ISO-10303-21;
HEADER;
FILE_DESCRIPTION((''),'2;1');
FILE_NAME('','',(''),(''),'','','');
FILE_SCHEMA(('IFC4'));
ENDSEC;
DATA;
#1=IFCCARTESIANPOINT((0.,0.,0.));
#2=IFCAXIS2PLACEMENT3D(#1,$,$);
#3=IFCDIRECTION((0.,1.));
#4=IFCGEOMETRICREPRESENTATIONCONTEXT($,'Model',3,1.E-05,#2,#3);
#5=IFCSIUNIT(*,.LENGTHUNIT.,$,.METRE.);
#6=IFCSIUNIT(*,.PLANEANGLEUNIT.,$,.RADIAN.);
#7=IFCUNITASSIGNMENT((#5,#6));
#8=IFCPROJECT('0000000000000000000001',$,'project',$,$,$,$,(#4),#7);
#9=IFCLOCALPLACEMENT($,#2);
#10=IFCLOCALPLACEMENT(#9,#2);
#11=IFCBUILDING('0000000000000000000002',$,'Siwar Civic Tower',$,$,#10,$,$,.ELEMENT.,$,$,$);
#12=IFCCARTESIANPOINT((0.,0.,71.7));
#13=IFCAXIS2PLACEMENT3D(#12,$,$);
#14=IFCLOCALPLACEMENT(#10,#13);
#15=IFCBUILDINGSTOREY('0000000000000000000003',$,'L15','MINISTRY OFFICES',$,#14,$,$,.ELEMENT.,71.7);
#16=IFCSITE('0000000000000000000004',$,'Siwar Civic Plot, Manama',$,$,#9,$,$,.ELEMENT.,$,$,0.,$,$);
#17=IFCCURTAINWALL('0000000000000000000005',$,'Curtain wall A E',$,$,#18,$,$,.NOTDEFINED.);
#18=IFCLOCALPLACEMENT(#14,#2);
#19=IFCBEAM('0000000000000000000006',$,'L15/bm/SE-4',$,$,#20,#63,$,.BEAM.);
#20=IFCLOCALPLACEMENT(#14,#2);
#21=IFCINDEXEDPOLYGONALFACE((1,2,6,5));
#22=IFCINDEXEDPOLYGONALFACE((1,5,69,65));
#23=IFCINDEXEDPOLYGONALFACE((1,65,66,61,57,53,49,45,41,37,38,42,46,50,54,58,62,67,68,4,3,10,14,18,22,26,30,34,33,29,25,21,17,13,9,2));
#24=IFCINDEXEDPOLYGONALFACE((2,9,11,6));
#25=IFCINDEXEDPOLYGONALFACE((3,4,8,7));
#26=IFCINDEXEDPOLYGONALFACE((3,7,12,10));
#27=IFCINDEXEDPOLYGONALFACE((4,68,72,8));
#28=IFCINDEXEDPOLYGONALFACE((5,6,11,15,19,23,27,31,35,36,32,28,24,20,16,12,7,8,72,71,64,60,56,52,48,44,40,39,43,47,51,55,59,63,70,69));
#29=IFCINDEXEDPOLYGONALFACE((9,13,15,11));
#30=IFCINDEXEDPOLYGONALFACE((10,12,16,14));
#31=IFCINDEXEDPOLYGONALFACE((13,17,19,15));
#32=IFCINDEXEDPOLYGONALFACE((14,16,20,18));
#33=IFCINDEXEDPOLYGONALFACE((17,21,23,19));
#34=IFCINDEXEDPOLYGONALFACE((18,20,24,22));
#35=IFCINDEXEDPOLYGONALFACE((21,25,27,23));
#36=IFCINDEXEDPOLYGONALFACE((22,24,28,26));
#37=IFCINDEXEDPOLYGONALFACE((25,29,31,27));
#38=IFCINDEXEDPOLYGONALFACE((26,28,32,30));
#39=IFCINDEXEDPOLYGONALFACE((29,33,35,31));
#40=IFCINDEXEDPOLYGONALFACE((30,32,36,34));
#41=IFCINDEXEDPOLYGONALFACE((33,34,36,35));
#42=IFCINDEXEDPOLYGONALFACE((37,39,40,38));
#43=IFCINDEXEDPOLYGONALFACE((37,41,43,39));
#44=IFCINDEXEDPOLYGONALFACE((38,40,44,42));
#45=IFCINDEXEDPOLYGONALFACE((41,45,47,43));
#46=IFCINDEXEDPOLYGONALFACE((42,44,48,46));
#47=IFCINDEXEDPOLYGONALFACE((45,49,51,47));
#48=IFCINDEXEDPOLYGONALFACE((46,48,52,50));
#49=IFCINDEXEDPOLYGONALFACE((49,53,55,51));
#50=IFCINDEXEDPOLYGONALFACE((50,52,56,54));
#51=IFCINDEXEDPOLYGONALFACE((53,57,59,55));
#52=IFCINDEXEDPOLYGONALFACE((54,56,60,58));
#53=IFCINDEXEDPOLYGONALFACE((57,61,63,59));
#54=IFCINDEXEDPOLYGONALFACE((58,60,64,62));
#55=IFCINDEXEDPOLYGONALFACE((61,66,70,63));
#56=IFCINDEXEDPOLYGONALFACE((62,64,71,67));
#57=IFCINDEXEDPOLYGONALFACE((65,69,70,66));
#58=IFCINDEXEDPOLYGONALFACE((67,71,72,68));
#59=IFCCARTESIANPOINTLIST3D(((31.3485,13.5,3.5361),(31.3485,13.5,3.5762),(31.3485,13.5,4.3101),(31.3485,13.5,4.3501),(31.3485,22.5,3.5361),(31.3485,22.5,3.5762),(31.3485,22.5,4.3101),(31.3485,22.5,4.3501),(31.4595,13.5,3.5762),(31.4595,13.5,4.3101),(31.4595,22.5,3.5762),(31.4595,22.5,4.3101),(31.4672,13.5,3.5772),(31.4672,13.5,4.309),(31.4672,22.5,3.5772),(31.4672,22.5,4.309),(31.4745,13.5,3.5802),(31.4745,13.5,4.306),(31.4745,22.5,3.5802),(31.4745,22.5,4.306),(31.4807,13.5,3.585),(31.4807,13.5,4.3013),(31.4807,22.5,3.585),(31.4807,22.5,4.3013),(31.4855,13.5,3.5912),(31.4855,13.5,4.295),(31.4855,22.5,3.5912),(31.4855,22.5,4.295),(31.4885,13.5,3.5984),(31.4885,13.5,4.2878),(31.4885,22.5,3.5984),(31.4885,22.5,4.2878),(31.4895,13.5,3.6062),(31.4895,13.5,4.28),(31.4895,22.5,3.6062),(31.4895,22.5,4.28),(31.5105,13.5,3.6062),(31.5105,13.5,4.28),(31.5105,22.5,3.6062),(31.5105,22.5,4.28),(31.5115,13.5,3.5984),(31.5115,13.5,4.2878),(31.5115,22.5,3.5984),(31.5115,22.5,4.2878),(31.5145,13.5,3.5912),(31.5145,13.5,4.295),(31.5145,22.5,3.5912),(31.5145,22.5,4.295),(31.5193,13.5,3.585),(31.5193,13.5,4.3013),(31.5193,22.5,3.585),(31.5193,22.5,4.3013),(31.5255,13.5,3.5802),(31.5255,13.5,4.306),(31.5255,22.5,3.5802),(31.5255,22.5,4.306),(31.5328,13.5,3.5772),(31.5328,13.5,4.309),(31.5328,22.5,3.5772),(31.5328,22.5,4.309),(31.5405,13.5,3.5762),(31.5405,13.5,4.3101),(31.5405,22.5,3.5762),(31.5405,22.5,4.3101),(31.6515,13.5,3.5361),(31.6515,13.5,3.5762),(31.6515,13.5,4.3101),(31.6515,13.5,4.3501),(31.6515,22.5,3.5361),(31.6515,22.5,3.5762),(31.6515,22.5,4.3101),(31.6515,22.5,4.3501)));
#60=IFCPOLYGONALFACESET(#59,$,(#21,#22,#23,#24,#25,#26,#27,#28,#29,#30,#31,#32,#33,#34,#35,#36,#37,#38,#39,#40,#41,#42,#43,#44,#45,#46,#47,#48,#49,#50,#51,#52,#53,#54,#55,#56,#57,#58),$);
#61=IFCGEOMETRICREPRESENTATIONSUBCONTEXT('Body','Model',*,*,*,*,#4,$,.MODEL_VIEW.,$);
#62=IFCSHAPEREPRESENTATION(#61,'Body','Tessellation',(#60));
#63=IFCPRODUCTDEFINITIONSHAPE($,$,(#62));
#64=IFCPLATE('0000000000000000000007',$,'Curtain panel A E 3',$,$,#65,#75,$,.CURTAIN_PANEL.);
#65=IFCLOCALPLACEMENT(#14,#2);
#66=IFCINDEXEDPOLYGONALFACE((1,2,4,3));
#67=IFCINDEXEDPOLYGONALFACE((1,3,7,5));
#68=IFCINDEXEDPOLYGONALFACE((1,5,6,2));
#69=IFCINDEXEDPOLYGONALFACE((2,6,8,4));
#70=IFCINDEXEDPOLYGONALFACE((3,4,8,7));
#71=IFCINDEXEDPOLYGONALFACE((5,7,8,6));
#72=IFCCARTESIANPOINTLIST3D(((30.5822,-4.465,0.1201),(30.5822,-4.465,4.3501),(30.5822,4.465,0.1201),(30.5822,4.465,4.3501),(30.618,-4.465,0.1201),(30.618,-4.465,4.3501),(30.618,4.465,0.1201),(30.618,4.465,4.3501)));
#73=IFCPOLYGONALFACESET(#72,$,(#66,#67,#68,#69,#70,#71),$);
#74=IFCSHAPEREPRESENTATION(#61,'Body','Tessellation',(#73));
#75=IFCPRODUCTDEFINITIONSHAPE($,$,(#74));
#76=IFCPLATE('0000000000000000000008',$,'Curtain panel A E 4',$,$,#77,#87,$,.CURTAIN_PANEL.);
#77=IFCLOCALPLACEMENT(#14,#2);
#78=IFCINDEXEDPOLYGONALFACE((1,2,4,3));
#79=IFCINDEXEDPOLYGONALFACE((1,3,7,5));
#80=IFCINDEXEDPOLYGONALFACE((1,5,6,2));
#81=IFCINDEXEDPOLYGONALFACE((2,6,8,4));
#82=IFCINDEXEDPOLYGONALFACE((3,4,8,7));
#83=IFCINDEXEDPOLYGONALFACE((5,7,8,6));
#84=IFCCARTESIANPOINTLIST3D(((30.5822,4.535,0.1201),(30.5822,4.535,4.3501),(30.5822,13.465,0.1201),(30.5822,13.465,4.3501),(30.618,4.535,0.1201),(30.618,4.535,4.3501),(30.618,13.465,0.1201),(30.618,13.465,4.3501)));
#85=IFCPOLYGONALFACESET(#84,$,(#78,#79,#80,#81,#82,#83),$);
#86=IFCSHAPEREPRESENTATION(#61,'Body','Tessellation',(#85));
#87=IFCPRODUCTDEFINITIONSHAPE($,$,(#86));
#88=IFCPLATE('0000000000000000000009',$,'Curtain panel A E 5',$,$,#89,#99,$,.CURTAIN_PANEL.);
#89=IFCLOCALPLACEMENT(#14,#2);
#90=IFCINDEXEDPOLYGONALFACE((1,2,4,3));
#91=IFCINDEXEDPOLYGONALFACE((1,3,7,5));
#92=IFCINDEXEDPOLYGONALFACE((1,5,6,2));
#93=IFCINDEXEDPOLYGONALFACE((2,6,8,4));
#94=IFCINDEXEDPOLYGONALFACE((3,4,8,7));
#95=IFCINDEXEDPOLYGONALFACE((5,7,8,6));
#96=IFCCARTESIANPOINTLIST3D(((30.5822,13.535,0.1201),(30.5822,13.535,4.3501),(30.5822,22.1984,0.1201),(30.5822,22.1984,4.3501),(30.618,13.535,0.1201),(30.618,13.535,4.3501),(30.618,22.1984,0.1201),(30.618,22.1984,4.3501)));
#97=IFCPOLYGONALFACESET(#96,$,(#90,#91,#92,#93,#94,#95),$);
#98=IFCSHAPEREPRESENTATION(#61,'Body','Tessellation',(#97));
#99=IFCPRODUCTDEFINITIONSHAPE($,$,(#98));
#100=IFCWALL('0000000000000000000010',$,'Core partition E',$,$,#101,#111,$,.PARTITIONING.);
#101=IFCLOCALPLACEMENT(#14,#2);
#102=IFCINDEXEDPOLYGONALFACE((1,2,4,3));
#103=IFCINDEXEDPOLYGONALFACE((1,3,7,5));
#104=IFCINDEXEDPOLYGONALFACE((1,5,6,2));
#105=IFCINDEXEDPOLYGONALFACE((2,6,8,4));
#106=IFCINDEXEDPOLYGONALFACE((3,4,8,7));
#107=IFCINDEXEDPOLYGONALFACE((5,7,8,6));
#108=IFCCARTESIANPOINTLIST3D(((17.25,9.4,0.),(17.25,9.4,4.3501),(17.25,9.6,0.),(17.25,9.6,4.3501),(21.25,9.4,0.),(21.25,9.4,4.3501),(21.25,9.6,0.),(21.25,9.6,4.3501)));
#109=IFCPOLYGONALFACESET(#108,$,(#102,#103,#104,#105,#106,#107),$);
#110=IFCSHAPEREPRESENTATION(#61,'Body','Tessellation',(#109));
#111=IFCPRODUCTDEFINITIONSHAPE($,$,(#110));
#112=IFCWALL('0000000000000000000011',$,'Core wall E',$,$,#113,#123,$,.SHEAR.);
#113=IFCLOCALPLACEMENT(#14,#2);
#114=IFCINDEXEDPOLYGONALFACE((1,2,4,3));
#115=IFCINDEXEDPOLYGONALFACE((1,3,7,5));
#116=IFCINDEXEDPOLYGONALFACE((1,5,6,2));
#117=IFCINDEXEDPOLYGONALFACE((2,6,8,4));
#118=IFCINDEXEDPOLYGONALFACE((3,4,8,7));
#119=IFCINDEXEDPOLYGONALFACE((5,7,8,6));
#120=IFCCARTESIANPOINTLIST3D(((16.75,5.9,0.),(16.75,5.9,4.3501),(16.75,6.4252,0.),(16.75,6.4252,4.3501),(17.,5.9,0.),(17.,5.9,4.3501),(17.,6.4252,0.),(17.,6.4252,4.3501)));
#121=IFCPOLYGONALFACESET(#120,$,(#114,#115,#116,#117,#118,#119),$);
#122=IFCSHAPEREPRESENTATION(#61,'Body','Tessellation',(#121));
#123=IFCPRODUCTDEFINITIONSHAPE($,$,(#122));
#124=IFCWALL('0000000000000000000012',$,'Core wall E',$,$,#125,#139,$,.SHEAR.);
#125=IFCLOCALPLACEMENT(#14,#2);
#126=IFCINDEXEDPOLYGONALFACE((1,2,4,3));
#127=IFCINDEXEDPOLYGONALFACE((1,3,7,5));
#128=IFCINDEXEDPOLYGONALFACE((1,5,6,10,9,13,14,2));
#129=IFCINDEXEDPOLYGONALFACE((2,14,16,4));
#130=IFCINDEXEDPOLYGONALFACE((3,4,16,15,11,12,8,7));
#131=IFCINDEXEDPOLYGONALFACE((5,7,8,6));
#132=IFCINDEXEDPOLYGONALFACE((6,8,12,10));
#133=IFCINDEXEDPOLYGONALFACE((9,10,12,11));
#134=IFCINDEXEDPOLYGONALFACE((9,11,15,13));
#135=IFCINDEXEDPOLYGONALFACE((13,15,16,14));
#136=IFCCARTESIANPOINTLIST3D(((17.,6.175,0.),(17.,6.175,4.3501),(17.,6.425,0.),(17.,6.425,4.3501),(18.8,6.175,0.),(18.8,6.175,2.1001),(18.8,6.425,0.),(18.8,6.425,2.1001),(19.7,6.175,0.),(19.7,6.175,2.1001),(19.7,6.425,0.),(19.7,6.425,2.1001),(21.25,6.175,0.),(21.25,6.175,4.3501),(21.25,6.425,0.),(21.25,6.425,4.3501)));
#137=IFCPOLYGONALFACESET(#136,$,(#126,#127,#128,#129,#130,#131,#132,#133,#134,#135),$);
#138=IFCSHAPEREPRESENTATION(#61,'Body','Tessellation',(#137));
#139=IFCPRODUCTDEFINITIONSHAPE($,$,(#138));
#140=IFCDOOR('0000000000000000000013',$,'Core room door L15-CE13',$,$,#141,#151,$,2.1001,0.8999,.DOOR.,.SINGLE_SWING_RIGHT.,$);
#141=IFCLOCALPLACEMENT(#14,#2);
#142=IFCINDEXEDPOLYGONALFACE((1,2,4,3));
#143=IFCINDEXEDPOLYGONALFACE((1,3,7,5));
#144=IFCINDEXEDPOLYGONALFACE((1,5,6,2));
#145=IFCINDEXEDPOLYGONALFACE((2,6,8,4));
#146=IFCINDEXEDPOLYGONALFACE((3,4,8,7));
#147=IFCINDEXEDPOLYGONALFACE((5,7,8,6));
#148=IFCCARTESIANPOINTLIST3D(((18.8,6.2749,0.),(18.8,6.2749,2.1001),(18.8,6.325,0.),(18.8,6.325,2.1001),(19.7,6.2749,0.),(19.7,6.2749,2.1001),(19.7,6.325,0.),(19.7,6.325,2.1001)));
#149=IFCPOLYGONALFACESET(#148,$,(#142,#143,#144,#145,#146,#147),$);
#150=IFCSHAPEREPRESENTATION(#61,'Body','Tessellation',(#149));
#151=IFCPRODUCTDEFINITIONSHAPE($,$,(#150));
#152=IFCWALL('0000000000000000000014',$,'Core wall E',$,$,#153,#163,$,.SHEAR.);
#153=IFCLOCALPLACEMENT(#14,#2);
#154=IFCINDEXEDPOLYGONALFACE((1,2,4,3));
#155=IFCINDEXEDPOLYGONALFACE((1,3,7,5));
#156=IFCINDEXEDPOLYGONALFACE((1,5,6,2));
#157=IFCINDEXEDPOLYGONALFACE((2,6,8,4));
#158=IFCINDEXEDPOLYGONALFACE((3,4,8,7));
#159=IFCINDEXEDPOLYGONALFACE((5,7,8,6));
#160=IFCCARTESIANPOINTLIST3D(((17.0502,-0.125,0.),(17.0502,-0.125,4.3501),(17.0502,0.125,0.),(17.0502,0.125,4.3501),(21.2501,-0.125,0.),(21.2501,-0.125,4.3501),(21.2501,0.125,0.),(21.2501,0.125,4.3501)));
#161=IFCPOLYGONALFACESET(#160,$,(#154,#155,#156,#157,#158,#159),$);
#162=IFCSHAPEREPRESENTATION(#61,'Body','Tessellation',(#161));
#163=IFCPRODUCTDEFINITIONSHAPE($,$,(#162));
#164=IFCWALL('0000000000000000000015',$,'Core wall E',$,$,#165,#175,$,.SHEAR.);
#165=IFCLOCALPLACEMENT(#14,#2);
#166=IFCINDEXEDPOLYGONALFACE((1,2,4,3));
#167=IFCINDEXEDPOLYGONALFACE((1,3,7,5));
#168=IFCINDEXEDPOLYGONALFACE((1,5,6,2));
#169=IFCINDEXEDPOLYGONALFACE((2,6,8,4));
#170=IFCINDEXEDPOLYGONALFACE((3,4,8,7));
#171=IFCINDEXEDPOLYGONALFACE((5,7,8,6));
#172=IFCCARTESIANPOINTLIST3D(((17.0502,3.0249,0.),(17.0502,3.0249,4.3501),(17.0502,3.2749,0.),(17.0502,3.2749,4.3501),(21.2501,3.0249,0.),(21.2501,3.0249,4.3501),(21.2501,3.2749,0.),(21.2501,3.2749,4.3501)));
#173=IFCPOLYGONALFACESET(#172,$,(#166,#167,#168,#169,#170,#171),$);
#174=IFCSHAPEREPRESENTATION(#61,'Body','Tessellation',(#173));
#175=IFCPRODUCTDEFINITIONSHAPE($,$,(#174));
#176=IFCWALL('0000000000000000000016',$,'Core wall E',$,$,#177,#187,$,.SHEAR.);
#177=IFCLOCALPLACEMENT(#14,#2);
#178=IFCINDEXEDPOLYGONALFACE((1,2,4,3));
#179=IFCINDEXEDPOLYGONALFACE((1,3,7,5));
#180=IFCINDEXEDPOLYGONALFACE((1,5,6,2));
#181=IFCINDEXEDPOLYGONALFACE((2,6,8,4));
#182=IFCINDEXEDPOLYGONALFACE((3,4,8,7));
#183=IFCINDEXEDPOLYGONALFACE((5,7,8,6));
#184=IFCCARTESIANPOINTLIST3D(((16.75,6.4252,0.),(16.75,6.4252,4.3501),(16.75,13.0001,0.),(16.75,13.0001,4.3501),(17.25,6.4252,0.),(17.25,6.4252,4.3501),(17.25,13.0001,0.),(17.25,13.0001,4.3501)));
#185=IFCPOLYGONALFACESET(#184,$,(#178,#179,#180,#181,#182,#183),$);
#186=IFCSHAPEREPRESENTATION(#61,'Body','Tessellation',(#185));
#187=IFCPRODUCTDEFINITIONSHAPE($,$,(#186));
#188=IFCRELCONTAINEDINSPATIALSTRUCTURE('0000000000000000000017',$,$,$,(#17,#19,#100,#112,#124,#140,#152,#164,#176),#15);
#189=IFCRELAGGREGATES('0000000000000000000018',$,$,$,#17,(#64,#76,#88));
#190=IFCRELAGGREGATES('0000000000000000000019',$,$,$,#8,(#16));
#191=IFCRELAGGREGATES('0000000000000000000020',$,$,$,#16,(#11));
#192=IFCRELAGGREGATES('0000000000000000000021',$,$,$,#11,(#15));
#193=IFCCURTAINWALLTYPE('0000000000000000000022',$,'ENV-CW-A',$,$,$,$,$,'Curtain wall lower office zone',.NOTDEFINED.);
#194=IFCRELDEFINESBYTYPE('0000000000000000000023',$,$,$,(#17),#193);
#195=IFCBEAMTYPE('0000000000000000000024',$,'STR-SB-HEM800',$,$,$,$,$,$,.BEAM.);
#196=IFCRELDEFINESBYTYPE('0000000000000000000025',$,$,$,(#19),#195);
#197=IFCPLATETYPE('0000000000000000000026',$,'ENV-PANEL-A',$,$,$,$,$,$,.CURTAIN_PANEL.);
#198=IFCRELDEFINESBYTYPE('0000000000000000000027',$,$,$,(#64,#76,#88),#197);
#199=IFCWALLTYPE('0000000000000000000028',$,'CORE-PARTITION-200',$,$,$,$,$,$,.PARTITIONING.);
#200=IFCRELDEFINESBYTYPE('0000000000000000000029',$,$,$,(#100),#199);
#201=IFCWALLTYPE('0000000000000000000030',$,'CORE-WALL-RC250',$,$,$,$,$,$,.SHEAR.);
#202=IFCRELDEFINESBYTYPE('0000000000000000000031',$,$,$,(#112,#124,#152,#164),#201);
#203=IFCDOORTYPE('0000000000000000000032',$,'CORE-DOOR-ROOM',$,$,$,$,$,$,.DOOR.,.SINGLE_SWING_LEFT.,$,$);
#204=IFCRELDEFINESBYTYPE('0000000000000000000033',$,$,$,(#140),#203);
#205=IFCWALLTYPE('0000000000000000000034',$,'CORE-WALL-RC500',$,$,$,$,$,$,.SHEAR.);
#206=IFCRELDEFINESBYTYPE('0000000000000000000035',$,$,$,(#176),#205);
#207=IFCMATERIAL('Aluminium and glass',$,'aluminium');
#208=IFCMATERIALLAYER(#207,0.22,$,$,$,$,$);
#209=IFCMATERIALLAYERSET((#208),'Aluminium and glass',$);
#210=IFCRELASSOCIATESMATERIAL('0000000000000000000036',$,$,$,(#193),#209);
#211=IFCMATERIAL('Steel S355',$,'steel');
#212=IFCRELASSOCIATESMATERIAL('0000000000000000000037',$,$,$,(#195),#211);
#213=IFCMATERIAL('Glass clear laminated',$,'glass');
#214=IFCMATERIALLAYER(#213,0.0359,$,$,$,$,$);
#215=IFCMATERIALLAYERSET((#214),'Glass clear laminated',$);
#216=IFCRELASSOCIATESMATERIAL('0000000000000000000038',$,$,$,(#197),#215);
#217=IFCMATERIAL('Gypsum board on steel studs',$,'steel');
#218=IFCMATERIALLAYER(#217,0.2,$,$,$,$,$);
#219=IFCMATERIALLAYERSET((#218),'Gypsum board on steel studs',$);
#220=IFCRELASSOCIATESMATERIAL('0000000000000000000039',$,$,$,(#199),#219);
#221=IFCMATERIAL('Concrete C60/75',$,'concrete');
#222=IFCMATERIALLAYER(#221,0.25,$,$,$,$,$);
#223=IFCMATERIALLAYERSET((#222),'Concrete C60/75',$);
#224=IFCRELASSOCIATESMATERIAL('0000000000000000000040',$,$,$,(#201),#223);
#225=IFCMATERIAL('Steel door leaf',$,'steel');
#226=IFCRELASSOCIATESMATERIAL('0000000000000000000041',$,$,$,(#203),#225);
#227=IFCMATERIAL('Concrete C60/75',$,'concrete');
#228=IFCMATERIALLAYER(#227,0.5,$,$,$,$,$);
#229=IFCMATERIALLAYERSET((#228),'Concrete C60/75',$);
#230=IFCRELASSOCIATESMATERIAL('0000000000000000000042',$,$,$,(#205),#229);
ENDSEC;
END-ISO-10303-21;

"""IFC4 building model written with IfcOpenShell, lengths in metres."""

from ifc_helpers import new_model, si_unit, direction, frame, frame_2d, origin, origin_2d, place, context, subcontext, project, spatial, rectangle, i_section, extrude, material, layer, layer_set, material_profile, profile_set, type_object, element, fill, aggregate, save


model = new_model("IFC4")

# Units and contexts
model_context = context("Model", 3, precision=1e-05, world=origin(), true_north=direction((0.0, 1.0)))
body_context = subcontext(model_context, "Body", "Model", "MODEL_VIEW")
ifc_project = project(units=[si_unit("LENGTHUNIT", "METRE"), si_unit("PLANEANGLEUNIT", "RADIAN")], contexts=[model_context])

# Site, building, storey
site_placement = place(None, origin())
site = spatial("IfcSite", under=ifc_project, at=site_placement, Name="Siwar Civic Plot, Manama", CompositionType="ELEMENT", RefElevation=0.0)
building_placement = place(site_placement, origin())
building = spatial("IfcBuilding", under=site, at=building_placement, Name="Siwar Civic Tower", CompositionType="ELEMENT")
storey_placement = place(building_placement, frame((0.0, 0.0, 71.7)))
storey = spatial("IfcBuildingStorey", under=building, at=storey_placement, Name="L15", Description="MINISTRY OFFICES", CompositionType="ELEMENT", Elevation=71.7)

# Curtain wall
ifc_material_1 = material(Name="Aluminium and glass", Category="aluminium")
ifc_layer_1 = layer(ifc_material_1, 0.22)
ifc_layer_set_1 = layer_set([ifc_layer_1], Name="Aluminium and glass")
curtain_wall_type = type_object("IfcCurtainWallType", Name="ENV-CW-A", ElementType="Curtain wall lower office zone", PredefinedType="NOTDEFINED", material=ifc_layer_set_1)
curtain_wall_placement = place(storey_placement, origin())
curtain_wall = element("IfcCurtainWall", 1, at=curtain_wall_placement, inside=storey, type_object=curtain_wall_type, Name="Curtain wall A E", PredefinedType="NOTDEFINED")

# Beam
ifc_material_2 = material(Name="Steel S355", Category="steel")
ifc_material_profile_1 = material_profile(ifc_material_2, i_section(OverallWidth=0.303, OverallDepth=0.814, WebThickness=0.021, FlangeThickness=0.04, FilletRadius=0.03, at=origin_2d()), Name="HEM800")
ifc_profile_set_1 = profile_set([ifc_material_profile_1], Name="Steel S355")
beam_type_1 = type_object("IfcBeamType", Name="STR-SB-HEM800", PredefinedType="BEAM", material=ifc_profile_set_1)
for number, where, z_axis, x_axis, name in (
    (2, (31.5, 13.5, 3.9431), (0.0, 1.0, 0.0), (-1.0, 0.0, 0.0), "L15/bm/SE-4"),
):
    element("IfcBeam", number, at=place(storey_placement, frame(where, z_axis=z_axis, x_axis=x_axis)), inside=storey, type_object=beam_type_1, Name=name, PredefinedType="BEAM", context=body_context, shape_type="SweptSolid", body=[
        extrude(i_section(OverallWidth=0.303, OverallDepth=0.814, WebThickness=0.021, FlangeThickness=0.04, FilletRadius=0.03, at=origin_2d()), origin(), (0.0, 0.0, 1.0), 9.0),
    ])

# Plates
ifc_material_3 = material(Name="Glass clear laminated", Category="glass")
ifc_layer_2 = layer(ifc_material_3, 0.0359)
ifc_layer_set_2 = layer_set([ifc_layer_2], Name="Glass clear laminated")
plate_type = type_object("IfcPlateType", Name="ENV-PANEL-A", PredefinedType="CURTAIN_PANEL", material=ifc_layer_set_2)
plate_1_placement = place(storey_placement, frame((30.6001, 0.0, 0.1201), z_axis=(0.0, 0.0, 1.0), x_axis=(0.0, 1.0, 0.0)))
plate_1 = element("IfcPlate", 3, at=plate_1_placement, type_object=plate_type, Name="Curtain panel A E 3", PredefinedType="CURTAIN_PANEL", context=body_context, shape_type="SweptSolid", body=[
    extrude(rectangle(XDim=8.9299, YDim=0.0359, at=origin_2d()), origin(), (0.0, 0.0, 1.0), 4.23),
])
plate_2_placement = place(storey_placement, frame((30.6001, 9.0, 0.1201), z_axis=(0.0, 0.0, 1.0), x_axis=(0.0, 1.0, 0.0)))
plate_2 = element("IfcPlate", 4, at=plate_2_placement, type_object=plate_type, Name="Curtain panel A E 4", PredefinedType="CURTAIN_PANEL", context=body_context, shape_type="SweptSolid", body=[
    extrude(rectangle(XDim=8.9299, YDim=0.0359, at=origin_2d()), origin(), (0.0, 0.0, 1.0), 4.23),
])
plate_3_placement = place(storey_placement, frame((30.6001, 17.8667, 0.1201), z_axis=(0.0, 0.0, 1.0), x_axis=(0.0, 1.0, 0.0)))
plate_3 = element("IfcPlate", 5, at=plate_3_placement, type_object=plate_type, Name="Curtain panel A E 5", PredefinedType="CURTAIN_PANEL", context=body_context, shape_type="SweptSolid", body=[
    extrude(rectangle(XDim=8.6633, YDim=0.0359, at=origin_2d()), origin(), (0.0, 0.0, 1.0), 4.23),
])
aggregate(curtain_wall, [plate_1, plate_2, plate_3])

# Walls
ifc_material_4 = material(Name="Gypsum board on steel studs", Category="steel")
ifc_layer_3 = layer(ifc_material_4, 0.2)
ifc_layer_set_3 = layer_set([ifc_layer_3], Name="Gypsum board on steel studs")
wall_type_1 = type_object("IfcWallType", Name="CORE-PARTITION-200", PredefinedType="PARTITIONING", material=ifc_layer_set_3)
wall_1_placement = place(storey_placement, frame((17.25, 9.5, 0.0), z_axis=(0.0, 0.0, 1.0), x_axis=(1.0, 0.0, 0.0)))
element("IfcWall", 6, at=wall_1_placement, inside=storey, type_object=wall_type_1, Name="Core partition E", PredefinedType="PARTITIONING", context=body_context, shape_type="SweptSolid", body=[
    extrude(rectangle(XDim=4.0, YDim=0.2, at=frame_2d((2.0, 0.0))), origin(), (0.0, 0.0, 1.0), 4.3501),
])
ifc_material_5 = material(Name="Concrete C60/75", Category="concrete")
ifc_layer_4 = layer(ifc_material_5, 0.25)
ifc_layer_set_4 = layer_set([ifc_layer_4], Name="Concrete C60/75")
wall_type_2 = type_object("IfcWallType", Name="CORE-WALL-RC250", PredefinedType="SHEAR", material=ifc_layer_set_4)
wall_2_placement = place(storey_placement, frame((16.875, 5.8999, 0.0), z_axis=(0.0, 0.0, 1.0), x_axis=(0.0, 1.0, 0.0)))
element("IfcWall", 7, at=wall_2_placement, inside=storey, type_object=wall_type_2, Name="Core wall E", PredefinedType="SHEAR", context=body_context, shape_type="SweptSolid", body=[
    extrude(rectangle(XDim=0.5251, YDim=0.25, at=frame_2d((0.2627, 0.0))), origin(), (0.0, 0.0, 1.0), 4.3501),
])

# Wall, opening, door
wall_3_placement = place(storey_placement, frame((17.0, 6.3, 0.0), z_axis=(0.0, 0.0, 1.0), x_axis=(1.0, 0.0, 0.0)))
wall_3 = element("IfcWall", 8, at=wall_3_placement, inside=storey, type_object=wall_type_2, Name="Core wall E", PredefinedType="SHEAR", context=body_context, shape_type="SweptSolid", body=[
    extrude(rectangle(XDim=4.25, YDim=0.25, at=frame_2d((2.125, 0.0))), origin(), (0.0, 0.0, 1.0), 4.3501),
])
opening_placement = place(wall_3_placement, frame((1.8, 0.0, 0.0)))
opening = element("IfcOpeningElement", 9, at=opening_placement, cuts=wall_3, PredefinedType="OPENING", context=body_context, shape_type="SweptSolid", body=[
    extrude(rectangle(XDim=0.8999, YDim=2.1001, at=frame_2d((0.45, 1.05))), frame((0.0, 0.135, 0.0), z_axis=(0.0, -1.0, 0.0), x_axis=(1.0, 0.0, 0.0)), (0.0, 0.0, 1.0), 0.27),
])
ifc_material_6 = material(Name="Steel door leaf", Category="steel")
door_type = type_object("IfcDoorType", Name="CORE-DOOR-ROOM", OperationType="SINGLE_SWING_LEFT", PredefinedType="DOOR", material=ifc_material_6)
door_placement = place(opening_placement, origin())
door = element("IfcDoor", 10, at=door_placement, inside=storey, type_object=door_type, Name="Core room door L15-CE13", OperationType="SINGLE_SWING_RIGHT", OverallHeight=2.1001, OverallWidth=0.8999, PredefinedType="DOOR", context=body_context, shape_type="SweptSolid", body=[
    extrude(rectangle(XDim=0.8999, YDim=2.1001, at=frame_2d((0.45, 1.05))), frame((0.0, 0.0249, 0.0), z_axis=(0.0, -1.0, 0.0), x_axis=(1.0, 0.0, 0.0)), (0.0, 0.0, 1.0), 0.05),
])
fill(opening, door)

# Walls
for number, where, z_axis, x_axis, name in (
    (11, (17.05, 0.0, 0.0), (0.0, 0.0, 1.0), (1.0, 0.0, 0.0), "Core wall E"),
    (12, (17.05, 3.1499, 0.0), (0.0, 0.0, 1.0), (1.0, 0.0, 0.0), "Core wall E"),
):
    element("IfcWall", number, at=place(storey_placement, frame(where, z_axis=z_axis, x_axis=x_axis)), inside=storey, type_object=wall_type_2, Name=name, PredefinedType="SHEAR", context=body_context, shape_type="SweptSolid", body=[
        extrude(rectangle(XDim=4.2, YDim=0.25, at=frame_2d((2.1001, 0.0))), origin(), (0.0, 0.0, 1.0), 4.3501),
    ])
ifc_material_7 = material(Name="Concrete C60/75", Category="concrete")
ifc_layer_5 = layer(ifc_material_7, 0.5)
ifc_layer_set_5 = layer_set([ifc_layer_5], Name="Concrete C60/75")
wall_type_3 = type_object("IfcWallType", Name="CORE-WALL-RC500", PredefinedType="SHEAR", material=ifc_layer_set_5)
wall_4_placement = place(storey_placement, frame((17.0, 6.425, 0.0), z_axis=(0.0, 0.0, 1.0), x_axis=(0.0, 1.0, 0.0)))
element("IfcWall", 13, at=wall_4_placement, inside=storey, type_object=wall_type_3, Name="Core wall E", PredefinedType="SHEAR", context=body_context, shape_type="SweptSolid", body=[
    extrude(rectangle(XDim=6.575, YDim=0.5, at=frame_2d((3.2876, 0.0))), origin(), (0.0, 0.0, 1.0), 4.3501),
])

save(model, "model.ifc")
